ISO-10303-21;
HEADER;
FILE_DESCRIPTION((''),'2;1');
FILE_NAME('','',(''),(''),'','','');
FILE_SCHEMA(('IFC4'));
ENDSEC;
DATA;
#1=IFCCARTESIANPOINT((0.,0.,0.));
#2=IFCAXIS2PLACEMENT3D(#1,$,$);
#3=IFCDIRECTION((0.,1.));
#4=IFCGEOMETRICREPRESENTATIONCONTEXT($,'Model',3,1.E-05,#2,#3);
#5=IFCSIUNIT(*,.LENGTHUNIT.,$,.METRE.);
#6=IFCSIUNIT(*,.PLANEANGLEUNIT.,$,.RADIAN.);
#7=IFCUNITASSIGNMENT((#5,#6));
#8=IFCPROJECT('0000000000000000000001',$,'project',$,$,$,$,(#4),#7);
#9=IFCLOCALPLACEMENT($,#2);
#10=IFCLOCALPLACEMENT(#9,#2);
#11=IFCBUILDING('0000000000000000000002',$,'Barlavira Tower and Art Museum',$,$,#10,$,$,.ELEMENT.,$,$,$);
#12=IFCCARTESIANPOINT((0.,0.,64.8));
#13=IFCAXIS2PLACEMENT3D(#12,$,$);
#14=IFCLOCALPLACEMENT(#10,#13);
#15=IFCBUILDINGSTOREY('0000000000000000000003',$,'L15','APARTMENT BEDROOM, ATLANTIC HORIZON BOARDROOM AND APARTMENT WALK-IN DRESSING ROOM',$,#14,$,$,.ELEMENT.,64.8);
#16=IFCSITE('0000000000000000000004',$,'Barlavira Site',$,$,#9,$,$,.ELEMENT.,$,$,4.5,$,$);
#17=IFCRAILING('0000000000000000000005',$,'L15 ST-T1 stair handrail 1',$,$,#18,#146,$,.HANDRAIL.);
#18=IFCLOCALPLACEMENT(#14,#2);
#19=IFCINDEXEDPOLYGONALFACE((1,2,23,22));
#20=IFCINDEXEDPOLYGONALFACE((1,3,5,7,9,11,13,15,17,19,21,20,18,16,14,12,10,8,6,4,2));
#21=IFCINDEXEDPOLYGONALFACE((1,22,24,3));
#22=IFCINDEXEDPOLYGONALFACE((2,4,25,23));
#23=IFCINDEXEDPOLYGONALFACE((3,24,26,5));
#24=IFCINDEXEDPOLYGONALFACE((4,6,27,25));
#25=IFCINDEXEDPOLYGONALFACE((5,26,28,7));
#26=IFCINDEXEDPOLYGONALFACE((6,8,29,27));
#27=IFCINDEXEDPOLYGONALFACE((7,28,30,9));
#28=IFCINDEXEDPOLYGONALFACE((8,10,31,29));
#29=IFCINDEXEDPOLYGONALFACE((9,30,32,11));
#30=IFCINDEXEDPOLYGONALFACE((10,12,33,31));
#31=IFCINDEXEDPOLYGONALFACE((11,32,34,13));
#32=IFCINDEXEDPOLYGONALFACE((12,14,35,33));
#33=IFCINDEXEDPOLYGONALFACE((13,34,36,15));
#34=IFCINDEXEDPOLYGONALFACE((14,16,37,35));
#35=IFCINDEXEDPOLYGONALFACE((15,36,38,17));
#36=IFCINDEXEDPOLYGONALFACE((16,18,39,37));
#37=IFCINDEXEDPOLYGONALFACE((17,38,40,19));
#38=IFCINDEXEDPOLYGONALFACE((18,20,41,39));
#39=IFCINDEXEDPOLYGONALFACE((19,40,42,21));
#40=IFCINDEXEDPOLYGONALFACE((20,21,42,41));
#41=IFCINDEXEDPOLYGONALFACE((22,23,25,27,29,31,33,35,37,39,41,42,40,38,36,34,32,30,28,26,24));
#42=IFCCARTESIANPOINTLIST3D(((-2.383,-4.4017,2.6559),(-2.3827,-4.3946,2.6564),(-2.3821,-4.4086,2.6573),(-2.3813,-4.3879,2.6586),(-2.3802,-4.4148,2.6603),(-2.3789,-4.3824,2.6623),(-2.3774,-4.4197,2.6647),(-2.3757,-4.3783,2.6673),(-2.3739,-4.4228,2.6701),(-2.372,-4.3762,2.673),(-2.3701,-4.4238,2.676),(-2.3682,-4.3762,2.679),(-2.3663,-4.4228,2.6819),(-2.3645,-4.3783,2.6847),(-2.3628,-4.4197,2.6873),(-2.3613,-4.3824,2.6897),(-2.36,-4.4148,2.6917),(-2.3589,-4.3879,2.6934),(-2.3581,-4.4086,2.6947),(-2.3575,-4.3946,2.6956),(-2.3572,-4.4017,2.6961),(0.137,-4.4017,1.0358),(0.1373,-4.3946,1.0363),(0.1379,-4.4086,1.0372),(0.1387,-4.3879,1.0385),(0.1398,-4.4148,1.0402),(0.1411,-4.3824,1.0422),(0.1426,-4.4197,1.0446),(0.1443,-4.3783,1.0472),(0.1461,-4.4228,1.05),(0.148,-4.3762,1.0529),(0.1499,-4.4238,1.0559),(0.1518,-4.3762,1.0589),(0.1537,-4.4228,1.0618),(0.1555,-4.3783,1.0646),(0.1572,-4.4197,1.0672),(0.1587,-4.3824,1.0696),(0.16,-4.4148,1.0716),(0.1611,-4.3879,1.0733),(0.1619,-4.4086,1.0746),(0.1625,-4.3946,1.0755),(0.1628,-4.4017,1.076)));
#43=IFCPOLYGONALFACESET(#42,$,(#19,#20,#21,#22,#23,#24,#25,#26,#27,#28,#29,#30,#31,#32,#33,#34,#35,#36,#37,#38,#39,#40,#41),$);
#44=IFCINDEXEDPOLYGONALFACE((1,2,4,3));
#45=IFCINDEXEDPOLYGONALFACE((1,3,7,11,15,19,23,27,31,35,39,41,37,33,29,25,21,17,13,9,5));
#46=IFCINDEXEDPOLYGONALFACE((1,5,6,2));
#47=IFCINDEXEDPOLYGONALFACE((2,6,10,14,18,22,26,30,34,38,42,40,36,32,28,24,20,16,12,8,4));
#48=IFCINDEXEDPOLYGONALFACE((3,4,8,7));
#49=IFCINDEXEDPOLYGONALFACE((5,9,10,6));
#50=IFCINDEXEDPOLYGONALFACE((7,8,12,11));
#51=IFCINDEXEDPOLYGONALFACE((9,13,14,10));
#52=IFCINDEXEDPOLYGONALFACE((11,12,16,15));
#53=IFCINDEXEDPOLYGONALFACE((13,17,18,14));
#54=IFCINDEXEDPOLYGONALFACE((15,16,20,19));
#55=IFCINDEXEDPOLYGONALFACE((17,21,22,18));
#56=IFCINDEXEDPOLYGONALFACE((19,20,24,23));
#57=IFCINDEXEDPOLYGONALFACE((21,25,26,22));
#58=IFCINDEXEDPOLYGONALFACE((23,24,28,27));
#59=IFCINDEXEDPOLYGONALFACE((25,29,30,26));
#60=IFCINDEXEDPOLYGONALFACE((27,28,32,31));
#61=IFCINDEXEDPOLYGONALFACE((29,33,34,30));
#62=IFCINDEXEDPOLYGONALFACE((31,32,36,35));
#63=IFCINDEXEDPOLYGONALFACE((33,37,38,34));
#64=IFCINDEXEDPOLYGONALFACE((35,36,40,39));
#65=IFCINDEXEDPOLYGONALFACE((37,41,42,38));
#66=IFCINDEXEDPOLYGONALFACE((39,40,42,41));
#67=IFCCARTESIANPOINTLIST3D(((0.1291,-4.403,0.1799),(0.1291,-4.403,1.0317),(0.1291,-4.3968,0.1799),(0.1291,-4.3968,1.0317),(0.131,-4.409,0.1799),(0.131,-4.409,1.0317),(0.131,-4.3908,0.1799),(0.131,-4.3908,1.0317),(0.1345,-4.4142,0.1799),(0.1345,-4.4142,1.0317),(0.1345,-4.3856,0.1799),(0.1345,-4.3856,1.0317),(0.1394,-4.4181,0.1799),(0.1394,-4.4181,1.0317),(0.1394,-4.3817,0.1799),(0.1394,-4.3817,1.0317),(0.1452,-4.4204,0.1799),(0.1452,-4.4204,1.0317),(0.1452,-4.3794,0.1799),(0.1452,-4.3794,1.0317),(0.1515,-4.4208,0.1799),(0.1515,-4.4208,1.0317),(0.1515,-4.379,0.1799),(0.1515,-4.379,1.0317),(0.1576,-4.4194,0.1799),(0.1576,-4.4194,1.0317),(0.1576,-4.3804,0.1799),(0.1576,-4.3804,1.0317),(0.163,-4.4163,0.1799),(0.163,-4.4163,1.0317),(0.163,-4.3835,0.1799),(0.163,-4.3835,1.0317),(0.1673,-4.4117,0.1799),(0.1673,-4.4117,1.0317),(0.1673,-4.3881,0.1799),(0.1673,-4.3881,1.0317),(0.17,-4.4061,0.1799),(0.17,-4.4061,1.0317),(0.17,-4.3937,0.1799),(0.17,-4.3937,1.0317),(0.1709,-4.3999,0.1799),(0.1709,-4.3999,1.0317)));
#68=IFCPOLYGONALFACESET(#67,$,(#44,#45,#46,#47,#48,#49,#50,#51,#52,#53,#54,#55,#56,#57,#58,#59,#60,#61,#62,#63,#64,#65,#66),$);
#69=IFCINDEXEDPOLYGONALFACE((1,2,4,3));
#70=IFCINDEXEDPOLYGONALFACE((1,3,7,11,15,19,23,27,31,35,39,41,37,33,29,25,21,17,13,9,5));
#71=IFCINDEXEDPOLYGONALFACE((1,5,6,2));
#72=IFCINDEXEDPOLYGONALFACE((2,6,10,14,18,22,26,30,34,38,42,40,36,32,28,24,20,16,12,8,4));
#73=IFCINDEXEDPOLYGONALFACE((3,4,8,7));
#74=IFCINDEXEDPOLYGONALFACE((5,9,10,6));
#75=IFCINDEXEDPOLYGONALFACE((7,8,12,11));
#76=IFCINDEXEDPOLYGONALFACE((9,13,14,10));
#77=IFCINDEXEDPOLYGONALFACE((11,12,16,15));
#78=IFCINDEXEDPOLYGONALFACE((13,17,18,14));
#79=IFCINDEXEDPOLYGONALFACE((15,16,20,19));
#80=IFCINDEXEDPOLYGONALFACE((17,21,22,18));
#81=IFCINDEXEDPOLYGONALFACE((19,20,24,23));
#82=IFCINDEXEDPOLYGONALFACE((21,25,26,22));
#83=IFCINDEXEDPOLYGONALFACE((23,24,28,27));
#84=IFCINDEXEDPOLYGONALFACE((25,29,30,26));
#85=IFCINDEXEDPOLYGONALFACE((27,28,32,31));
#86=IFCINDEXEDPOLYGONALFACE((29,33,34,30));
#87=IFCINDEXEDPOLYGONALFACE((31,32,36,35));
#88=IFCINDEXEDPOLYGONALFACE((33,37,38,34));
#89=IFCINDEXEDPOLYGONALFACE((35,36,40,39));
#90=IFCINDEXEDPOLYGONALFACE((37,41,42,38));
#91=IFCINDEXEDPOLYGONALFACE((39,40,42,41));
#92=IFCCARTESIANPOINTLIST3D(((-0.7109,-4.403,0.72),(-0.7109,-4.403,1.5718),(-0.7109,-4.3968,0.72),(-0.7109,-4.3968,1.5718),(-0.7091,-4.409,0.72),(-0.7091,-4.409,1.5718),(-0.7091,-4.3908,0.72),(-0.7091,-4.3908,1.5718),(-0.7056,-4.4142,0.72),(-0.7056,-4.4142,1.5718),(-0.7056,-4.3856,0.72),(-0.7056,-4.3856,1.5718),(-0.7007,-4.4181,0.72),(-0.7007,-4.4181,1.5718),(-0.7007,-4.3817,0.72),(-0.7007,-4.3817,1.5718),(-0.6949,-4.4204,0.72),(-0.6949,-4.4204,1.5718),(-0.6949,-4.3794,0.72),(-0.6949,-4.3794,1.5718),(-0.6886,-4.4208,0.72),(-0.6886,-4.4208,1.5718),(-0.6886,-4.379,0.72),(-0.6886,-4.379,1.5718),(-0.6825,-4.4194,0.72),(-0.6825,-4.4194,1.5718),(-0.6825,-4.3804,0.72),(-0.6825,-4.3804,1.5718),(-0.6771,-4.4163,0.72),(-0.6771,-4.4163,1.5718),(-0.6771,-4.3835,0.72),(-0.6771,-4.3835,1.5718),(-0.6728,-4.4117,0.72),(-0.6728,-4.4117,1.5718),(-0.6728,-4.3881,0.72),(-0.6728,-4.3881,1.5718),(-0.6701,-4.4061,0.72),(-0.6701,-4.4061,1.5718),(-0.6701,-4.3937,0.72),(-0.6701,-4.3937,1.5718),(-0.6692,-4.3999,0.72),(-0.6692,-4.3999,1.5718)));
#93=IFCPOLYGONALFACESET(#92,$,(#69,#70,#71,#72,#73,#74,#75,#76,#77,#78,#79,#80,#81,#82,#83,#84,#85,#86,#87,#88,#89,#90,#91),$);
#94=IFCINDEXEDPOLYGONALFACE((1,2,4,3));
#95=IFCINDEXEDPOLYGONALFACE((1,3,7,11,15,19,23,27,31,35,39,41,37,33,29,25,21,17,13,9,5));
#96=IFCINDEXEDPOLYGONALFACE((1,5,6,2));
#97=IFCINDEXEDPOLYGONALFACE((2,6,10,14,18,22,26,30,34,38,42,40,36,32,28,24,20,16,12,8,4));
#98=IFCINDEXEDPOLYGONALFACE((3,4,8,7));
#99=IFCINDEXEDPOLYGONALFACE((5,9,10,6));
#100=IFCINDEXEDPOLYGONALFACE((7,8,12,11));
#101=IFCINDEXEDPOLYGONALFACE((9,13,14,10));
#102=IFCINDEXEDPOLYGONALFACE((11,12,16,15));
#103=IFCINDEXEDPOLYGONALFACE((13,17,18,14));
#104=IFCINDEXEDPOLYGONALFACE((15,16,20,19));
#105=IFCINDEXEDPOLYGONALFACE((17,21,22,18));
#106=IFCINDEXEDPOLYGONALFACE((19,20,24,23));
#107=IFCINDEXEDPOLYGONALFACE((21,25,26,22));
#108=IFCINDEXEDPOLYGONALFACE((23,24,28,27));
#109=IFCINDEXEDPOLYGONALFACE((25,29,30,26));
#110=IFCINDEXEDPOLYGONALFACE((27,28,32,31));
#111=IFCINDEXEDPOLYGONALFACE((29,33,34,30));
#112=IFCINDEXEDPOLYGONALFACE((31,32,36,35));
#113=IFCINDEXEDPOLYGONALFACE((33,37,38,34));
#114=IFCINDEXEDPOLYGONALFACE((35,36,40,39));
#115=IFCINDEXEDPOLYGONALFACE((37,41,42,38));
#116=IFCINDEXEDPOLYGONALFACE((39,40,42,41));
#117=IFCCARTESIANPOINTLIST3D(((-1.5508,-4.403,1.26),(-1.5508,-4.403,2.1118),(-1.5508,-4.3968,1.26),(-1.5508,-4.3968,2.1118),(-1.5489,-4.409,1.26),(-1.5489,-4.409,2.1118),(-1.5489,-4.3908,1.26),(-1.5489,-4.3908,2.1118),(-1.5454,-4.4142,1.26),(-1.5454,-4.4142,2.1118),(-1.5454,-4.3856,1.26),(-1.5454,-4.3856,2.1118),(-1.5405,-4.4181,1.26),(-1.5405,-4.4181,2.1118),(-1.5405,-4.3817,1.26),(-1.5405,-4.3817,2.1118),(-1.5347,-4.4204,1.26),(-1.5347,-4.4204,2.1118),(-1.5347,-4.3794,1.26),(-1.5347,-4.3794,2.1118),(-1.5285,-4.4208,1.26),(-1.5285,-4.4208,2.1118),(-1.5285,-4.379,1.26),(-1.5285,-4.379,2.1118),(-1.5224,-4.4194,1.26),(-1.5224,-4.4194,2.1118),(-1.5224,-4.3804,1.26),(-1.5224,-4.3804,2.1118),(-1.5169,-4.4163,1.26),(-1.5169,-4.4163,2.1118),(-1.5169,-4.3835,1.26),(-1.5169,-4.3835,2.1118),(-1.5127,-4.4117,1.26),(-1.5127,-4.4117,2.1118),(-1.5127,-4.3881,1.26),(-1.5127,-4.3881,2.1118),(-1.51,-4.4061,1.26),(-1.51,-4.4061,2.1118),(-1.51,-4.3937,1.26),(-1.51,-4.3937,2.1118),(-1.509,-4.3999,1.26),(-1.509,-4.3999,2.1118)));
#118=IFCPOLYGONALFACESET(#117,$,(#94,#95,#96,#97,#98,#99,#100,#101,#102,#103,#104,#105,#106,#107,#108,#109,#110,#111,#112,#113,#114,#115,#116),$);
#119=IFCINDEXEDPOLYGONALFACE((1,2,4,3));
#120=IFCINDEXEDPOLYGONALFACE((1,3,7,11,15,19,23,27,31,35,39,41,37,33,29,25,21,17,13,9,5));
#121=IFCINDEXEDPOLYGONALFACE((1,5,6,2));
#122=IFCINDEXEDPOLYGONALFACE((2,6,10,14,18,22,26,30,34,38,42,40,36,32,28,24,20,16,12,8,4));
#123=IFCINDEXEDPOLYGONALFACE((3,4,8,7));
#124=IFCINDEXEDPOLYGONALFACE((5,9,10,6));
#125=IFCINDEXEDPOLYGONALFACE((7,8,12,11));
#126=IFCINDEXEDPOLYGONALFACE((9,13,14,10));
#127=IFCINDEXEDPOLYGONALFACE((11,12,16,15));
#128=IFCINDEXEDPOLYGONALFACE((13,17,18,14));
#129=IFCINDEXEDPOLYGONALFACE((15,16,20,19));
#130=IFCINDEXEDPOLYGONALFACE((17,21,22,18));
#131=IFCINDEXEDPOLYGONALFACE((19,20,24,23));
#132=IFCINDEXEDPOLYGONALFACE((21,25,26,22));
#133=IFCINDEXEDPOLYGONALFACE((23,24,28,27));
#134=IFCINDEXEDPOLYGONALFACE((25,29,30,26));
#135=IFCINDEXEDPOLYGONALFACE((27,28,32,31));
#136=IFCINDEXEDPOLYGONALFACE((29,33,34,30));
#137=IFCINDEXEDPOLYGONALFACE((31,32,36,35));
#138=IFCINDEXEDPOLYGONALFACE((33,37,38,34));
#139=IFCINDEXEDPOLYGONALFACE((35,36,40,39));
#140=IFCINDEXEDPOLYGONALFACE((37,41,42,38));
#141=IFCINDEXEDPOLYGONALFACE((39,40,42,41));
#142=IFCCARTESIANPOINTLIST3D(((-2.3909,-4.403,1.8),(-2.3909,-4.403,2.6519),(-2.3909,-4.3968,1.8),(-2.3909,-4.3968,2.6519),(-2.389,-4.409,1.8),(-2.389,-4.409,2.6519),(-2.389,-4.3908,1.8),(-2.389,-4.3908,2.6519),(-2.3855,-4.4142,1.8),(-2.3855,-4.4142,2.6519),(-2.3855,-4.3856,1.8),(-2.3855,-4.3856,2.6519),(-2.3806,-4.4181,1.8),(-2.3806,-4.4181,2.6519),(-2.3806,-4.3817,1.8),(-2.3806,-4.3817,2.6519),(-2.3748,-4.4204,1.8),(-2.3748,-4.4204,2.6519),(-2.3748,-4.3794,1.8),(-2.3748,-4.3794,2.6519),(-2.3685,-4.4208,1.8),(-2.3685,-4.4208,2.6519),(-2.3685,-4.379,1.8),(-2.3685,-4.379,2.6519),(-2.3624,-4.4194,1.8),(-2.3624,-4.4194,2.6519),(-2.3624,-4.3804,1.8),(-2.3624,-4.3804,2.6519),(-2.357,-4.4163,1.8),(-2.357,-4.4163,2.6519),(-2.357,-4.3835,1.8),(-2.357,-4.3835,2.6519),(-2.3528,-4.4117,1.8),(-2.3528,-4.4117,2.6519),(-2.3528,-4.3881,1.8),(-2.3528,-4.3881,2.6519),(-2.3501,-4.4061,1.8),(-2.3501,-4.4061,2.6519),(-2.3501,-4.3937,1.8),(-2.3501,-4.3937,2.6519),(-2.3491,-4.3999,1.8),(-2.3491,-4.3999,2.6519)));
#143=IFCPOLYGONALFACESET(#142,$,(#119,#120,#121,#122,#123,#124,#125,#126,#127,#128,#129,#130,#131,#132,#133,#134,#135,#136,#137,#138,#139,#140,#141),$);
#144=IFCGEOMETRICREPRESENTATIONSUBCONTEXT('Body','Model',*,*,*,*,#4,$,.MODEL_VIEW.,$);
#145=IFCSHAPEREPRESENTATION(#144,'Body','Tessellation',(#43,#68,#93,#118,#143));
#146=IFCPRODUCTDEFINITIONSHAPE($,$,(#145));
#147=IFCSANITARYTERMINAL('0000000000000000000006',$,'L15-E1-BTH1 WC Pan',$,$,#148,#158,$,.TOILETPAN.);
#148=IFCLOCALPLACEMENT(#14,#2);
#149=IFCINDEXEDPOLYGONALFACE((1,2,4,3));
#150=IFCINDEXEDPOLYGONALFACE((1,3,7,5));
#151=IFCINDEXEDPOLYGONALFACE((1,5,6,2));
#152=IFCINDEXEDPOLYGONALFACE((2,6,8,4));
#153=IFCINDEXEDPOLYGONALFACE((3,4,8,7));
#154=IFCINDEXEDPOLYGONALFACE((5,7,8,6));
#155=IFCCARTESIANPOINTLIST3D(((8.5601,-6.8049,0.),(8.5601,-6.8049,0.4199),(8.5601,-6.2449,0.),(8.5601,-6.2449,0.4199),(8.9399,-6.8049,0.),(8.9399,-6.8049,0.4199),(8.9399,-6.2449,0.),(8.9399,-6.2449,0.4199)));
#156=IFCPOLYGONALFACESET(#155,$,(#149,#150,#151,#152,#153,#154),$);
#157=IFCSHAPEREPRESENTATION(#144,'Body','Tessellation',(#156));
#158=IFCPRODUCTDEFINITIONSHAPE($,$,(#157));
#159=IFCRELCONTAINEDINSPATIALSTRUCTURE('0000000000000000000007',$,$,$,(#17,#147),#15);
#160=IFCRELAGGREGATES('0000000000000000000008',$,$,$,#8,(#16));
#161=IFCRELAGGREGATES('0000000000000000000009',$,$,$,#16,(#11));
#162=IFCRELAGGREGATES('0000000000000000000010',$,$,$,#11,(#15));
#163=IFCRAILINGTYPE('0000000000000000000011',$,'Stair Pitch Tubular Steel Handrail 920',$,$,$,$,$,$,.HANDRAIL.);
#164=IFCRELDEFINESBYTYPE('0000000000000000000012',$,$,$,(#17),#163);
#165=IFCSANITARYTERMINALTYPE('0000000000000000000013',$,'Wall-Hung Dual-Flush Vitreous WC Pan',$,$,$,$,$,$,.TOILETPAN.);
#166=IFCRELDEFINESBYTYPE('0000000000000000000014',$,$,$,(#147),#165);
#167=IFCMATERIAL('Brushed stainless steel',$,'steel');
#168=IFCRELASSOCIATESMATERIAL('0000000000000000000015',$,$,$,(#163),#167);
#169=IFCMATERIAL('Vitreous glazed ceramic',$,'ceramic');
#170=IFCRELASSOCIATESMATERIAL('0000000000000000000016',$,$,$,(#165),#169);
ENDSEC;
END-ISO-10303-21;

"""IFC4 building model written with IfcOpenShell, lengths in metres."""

from ifc_helpers import new_model, si_unit, direction, frame, origin, origin_2d, place, context, subcontext, project, spatial, rectangle, circle, extrude, material, type_object, element, save


model = new_model("IFC4")

# Units and contexts
model_context = context("Model", 3, precision=1e-05, world=origin(), true_north=direction((0.0, 1.0)))
body_context = subcontext(model_context, "Body", "Model", "MODEL_VIEW")
ifc_project = project(units=[si_unit("LENGTHUNIT", "METRE"), si_unit("PLANEANGLEUNIT", "RADIAN")], contexts=[model_context])

# Site, building, storey
site_placement = place(None, origin())
site = spatial("IfcSite", under=ifc_project, at=site_placement, Name="Barlavira Site", CompositionType="ELEMENT", RefElevation=4.5)
building_placement = place(site_placement, origin())
building = spatial("IfcBuilding", under=site, at=building_placement, Name="Barlavira Tower and Art Museum", CompositionType="ELEMENT")
storey_placement = place(building_placement, frame((0.0, 0.0, 64.8)))
storey = spatial("IfcBuildingStorey", under=building, at=storey_placement, Name="L15", Description="APARTMENT BEDROOM, ATLANTIC HORIZON BOARDROOM AND APARTMENT WALK-IN DRESSING ROOM", CompositionType="ELEMENT", Elevation=64.8)

# Shared definitions
ifc_material_1 = material(Name="Brushed stainless steel", Category="steel")

# Railing
railing_type_1 = type_object("IfcRailingType", Name="Stair Pitch Tubular Steel Handrail 920", PredefinedType="HANDRAIL", material=ifc_material_1)
railing_1_placement = place(storey_placement, frame((0.1499, -4.3999, 0.1799)))
element("IfcRailing", 1, at=railing_1_placement, inside=storey, type_object=railing_type_1, Name="L15 ST-T1 stair handrail 1", PredefinedType="HANDRAIL", context=body_context, shape_type="SweptSolid", body=[
    extrude(circle(Radius=0.0239, at=origin_2d()), frame((0.0, 0.0, 0.876), z_axis=(-0.841163, 0.0, 0.540782), x_axis=(0.0, -1.0, 0.0)), (0.0, 0.0, 1.0), 2.9958),
    extrude(circle(Radius=0.021, at=origin_2d()), origin(), (0.0, 0.0, 1.0), 0.8518),
    extrude(circle(Radius=0.021, at=origin_2d()), frame((-0.8401, 0.0, 0.54)), (0.0, 0.0, 1.0), 0.8518),
    extrude(circle(Radius=0.021, at=origin_2d()), frame((-1.6799, 0.0, 1.0801)), (0.0, 0.0, 1.0), 0.8518),
    extrude(circle(Radius=0.021, at=origin_2d()), frame((-2.52, 0.0, 1.6201)), (0.0, 0.0, 1.0), 0.8518),
])

# Sanitary terminal
ifc_material_2 = material(Name="Vitreous glazed ceramic", Category="ceramic")
sanitary_terminal_type = type_object("IfcSanitaryTerminalType", Name="Wall-Hung Dual-Flush Vitreous WC Pan", PredefinedType="TOILETPAN", material=ifc_material_2)
sanitary_terminal_placement = place(storey_placement, frame((8.75, -6.5249, 0.0), z_axis=(0.0, 0.0, 1.0), x_axis=(1.0, 0.0, 0.0)))
element("IfcSanitaryTerminal", 2, at=sanitary_terminal_placement, inside=storey, type_object=sanitary_terminal_type, Name="L15-E1-BTH1 WC Pan", PredefinedType="TOILETPAN", context=body_context, shape_type="SweptSolid", body=[
    extrude(rectangle(XDim=0.3799, YDim=0.5601, at=origin_2d()), origin(), (0.0, 0.0, 1.0), 0.4199),
])

save(model, "model.ifc")
